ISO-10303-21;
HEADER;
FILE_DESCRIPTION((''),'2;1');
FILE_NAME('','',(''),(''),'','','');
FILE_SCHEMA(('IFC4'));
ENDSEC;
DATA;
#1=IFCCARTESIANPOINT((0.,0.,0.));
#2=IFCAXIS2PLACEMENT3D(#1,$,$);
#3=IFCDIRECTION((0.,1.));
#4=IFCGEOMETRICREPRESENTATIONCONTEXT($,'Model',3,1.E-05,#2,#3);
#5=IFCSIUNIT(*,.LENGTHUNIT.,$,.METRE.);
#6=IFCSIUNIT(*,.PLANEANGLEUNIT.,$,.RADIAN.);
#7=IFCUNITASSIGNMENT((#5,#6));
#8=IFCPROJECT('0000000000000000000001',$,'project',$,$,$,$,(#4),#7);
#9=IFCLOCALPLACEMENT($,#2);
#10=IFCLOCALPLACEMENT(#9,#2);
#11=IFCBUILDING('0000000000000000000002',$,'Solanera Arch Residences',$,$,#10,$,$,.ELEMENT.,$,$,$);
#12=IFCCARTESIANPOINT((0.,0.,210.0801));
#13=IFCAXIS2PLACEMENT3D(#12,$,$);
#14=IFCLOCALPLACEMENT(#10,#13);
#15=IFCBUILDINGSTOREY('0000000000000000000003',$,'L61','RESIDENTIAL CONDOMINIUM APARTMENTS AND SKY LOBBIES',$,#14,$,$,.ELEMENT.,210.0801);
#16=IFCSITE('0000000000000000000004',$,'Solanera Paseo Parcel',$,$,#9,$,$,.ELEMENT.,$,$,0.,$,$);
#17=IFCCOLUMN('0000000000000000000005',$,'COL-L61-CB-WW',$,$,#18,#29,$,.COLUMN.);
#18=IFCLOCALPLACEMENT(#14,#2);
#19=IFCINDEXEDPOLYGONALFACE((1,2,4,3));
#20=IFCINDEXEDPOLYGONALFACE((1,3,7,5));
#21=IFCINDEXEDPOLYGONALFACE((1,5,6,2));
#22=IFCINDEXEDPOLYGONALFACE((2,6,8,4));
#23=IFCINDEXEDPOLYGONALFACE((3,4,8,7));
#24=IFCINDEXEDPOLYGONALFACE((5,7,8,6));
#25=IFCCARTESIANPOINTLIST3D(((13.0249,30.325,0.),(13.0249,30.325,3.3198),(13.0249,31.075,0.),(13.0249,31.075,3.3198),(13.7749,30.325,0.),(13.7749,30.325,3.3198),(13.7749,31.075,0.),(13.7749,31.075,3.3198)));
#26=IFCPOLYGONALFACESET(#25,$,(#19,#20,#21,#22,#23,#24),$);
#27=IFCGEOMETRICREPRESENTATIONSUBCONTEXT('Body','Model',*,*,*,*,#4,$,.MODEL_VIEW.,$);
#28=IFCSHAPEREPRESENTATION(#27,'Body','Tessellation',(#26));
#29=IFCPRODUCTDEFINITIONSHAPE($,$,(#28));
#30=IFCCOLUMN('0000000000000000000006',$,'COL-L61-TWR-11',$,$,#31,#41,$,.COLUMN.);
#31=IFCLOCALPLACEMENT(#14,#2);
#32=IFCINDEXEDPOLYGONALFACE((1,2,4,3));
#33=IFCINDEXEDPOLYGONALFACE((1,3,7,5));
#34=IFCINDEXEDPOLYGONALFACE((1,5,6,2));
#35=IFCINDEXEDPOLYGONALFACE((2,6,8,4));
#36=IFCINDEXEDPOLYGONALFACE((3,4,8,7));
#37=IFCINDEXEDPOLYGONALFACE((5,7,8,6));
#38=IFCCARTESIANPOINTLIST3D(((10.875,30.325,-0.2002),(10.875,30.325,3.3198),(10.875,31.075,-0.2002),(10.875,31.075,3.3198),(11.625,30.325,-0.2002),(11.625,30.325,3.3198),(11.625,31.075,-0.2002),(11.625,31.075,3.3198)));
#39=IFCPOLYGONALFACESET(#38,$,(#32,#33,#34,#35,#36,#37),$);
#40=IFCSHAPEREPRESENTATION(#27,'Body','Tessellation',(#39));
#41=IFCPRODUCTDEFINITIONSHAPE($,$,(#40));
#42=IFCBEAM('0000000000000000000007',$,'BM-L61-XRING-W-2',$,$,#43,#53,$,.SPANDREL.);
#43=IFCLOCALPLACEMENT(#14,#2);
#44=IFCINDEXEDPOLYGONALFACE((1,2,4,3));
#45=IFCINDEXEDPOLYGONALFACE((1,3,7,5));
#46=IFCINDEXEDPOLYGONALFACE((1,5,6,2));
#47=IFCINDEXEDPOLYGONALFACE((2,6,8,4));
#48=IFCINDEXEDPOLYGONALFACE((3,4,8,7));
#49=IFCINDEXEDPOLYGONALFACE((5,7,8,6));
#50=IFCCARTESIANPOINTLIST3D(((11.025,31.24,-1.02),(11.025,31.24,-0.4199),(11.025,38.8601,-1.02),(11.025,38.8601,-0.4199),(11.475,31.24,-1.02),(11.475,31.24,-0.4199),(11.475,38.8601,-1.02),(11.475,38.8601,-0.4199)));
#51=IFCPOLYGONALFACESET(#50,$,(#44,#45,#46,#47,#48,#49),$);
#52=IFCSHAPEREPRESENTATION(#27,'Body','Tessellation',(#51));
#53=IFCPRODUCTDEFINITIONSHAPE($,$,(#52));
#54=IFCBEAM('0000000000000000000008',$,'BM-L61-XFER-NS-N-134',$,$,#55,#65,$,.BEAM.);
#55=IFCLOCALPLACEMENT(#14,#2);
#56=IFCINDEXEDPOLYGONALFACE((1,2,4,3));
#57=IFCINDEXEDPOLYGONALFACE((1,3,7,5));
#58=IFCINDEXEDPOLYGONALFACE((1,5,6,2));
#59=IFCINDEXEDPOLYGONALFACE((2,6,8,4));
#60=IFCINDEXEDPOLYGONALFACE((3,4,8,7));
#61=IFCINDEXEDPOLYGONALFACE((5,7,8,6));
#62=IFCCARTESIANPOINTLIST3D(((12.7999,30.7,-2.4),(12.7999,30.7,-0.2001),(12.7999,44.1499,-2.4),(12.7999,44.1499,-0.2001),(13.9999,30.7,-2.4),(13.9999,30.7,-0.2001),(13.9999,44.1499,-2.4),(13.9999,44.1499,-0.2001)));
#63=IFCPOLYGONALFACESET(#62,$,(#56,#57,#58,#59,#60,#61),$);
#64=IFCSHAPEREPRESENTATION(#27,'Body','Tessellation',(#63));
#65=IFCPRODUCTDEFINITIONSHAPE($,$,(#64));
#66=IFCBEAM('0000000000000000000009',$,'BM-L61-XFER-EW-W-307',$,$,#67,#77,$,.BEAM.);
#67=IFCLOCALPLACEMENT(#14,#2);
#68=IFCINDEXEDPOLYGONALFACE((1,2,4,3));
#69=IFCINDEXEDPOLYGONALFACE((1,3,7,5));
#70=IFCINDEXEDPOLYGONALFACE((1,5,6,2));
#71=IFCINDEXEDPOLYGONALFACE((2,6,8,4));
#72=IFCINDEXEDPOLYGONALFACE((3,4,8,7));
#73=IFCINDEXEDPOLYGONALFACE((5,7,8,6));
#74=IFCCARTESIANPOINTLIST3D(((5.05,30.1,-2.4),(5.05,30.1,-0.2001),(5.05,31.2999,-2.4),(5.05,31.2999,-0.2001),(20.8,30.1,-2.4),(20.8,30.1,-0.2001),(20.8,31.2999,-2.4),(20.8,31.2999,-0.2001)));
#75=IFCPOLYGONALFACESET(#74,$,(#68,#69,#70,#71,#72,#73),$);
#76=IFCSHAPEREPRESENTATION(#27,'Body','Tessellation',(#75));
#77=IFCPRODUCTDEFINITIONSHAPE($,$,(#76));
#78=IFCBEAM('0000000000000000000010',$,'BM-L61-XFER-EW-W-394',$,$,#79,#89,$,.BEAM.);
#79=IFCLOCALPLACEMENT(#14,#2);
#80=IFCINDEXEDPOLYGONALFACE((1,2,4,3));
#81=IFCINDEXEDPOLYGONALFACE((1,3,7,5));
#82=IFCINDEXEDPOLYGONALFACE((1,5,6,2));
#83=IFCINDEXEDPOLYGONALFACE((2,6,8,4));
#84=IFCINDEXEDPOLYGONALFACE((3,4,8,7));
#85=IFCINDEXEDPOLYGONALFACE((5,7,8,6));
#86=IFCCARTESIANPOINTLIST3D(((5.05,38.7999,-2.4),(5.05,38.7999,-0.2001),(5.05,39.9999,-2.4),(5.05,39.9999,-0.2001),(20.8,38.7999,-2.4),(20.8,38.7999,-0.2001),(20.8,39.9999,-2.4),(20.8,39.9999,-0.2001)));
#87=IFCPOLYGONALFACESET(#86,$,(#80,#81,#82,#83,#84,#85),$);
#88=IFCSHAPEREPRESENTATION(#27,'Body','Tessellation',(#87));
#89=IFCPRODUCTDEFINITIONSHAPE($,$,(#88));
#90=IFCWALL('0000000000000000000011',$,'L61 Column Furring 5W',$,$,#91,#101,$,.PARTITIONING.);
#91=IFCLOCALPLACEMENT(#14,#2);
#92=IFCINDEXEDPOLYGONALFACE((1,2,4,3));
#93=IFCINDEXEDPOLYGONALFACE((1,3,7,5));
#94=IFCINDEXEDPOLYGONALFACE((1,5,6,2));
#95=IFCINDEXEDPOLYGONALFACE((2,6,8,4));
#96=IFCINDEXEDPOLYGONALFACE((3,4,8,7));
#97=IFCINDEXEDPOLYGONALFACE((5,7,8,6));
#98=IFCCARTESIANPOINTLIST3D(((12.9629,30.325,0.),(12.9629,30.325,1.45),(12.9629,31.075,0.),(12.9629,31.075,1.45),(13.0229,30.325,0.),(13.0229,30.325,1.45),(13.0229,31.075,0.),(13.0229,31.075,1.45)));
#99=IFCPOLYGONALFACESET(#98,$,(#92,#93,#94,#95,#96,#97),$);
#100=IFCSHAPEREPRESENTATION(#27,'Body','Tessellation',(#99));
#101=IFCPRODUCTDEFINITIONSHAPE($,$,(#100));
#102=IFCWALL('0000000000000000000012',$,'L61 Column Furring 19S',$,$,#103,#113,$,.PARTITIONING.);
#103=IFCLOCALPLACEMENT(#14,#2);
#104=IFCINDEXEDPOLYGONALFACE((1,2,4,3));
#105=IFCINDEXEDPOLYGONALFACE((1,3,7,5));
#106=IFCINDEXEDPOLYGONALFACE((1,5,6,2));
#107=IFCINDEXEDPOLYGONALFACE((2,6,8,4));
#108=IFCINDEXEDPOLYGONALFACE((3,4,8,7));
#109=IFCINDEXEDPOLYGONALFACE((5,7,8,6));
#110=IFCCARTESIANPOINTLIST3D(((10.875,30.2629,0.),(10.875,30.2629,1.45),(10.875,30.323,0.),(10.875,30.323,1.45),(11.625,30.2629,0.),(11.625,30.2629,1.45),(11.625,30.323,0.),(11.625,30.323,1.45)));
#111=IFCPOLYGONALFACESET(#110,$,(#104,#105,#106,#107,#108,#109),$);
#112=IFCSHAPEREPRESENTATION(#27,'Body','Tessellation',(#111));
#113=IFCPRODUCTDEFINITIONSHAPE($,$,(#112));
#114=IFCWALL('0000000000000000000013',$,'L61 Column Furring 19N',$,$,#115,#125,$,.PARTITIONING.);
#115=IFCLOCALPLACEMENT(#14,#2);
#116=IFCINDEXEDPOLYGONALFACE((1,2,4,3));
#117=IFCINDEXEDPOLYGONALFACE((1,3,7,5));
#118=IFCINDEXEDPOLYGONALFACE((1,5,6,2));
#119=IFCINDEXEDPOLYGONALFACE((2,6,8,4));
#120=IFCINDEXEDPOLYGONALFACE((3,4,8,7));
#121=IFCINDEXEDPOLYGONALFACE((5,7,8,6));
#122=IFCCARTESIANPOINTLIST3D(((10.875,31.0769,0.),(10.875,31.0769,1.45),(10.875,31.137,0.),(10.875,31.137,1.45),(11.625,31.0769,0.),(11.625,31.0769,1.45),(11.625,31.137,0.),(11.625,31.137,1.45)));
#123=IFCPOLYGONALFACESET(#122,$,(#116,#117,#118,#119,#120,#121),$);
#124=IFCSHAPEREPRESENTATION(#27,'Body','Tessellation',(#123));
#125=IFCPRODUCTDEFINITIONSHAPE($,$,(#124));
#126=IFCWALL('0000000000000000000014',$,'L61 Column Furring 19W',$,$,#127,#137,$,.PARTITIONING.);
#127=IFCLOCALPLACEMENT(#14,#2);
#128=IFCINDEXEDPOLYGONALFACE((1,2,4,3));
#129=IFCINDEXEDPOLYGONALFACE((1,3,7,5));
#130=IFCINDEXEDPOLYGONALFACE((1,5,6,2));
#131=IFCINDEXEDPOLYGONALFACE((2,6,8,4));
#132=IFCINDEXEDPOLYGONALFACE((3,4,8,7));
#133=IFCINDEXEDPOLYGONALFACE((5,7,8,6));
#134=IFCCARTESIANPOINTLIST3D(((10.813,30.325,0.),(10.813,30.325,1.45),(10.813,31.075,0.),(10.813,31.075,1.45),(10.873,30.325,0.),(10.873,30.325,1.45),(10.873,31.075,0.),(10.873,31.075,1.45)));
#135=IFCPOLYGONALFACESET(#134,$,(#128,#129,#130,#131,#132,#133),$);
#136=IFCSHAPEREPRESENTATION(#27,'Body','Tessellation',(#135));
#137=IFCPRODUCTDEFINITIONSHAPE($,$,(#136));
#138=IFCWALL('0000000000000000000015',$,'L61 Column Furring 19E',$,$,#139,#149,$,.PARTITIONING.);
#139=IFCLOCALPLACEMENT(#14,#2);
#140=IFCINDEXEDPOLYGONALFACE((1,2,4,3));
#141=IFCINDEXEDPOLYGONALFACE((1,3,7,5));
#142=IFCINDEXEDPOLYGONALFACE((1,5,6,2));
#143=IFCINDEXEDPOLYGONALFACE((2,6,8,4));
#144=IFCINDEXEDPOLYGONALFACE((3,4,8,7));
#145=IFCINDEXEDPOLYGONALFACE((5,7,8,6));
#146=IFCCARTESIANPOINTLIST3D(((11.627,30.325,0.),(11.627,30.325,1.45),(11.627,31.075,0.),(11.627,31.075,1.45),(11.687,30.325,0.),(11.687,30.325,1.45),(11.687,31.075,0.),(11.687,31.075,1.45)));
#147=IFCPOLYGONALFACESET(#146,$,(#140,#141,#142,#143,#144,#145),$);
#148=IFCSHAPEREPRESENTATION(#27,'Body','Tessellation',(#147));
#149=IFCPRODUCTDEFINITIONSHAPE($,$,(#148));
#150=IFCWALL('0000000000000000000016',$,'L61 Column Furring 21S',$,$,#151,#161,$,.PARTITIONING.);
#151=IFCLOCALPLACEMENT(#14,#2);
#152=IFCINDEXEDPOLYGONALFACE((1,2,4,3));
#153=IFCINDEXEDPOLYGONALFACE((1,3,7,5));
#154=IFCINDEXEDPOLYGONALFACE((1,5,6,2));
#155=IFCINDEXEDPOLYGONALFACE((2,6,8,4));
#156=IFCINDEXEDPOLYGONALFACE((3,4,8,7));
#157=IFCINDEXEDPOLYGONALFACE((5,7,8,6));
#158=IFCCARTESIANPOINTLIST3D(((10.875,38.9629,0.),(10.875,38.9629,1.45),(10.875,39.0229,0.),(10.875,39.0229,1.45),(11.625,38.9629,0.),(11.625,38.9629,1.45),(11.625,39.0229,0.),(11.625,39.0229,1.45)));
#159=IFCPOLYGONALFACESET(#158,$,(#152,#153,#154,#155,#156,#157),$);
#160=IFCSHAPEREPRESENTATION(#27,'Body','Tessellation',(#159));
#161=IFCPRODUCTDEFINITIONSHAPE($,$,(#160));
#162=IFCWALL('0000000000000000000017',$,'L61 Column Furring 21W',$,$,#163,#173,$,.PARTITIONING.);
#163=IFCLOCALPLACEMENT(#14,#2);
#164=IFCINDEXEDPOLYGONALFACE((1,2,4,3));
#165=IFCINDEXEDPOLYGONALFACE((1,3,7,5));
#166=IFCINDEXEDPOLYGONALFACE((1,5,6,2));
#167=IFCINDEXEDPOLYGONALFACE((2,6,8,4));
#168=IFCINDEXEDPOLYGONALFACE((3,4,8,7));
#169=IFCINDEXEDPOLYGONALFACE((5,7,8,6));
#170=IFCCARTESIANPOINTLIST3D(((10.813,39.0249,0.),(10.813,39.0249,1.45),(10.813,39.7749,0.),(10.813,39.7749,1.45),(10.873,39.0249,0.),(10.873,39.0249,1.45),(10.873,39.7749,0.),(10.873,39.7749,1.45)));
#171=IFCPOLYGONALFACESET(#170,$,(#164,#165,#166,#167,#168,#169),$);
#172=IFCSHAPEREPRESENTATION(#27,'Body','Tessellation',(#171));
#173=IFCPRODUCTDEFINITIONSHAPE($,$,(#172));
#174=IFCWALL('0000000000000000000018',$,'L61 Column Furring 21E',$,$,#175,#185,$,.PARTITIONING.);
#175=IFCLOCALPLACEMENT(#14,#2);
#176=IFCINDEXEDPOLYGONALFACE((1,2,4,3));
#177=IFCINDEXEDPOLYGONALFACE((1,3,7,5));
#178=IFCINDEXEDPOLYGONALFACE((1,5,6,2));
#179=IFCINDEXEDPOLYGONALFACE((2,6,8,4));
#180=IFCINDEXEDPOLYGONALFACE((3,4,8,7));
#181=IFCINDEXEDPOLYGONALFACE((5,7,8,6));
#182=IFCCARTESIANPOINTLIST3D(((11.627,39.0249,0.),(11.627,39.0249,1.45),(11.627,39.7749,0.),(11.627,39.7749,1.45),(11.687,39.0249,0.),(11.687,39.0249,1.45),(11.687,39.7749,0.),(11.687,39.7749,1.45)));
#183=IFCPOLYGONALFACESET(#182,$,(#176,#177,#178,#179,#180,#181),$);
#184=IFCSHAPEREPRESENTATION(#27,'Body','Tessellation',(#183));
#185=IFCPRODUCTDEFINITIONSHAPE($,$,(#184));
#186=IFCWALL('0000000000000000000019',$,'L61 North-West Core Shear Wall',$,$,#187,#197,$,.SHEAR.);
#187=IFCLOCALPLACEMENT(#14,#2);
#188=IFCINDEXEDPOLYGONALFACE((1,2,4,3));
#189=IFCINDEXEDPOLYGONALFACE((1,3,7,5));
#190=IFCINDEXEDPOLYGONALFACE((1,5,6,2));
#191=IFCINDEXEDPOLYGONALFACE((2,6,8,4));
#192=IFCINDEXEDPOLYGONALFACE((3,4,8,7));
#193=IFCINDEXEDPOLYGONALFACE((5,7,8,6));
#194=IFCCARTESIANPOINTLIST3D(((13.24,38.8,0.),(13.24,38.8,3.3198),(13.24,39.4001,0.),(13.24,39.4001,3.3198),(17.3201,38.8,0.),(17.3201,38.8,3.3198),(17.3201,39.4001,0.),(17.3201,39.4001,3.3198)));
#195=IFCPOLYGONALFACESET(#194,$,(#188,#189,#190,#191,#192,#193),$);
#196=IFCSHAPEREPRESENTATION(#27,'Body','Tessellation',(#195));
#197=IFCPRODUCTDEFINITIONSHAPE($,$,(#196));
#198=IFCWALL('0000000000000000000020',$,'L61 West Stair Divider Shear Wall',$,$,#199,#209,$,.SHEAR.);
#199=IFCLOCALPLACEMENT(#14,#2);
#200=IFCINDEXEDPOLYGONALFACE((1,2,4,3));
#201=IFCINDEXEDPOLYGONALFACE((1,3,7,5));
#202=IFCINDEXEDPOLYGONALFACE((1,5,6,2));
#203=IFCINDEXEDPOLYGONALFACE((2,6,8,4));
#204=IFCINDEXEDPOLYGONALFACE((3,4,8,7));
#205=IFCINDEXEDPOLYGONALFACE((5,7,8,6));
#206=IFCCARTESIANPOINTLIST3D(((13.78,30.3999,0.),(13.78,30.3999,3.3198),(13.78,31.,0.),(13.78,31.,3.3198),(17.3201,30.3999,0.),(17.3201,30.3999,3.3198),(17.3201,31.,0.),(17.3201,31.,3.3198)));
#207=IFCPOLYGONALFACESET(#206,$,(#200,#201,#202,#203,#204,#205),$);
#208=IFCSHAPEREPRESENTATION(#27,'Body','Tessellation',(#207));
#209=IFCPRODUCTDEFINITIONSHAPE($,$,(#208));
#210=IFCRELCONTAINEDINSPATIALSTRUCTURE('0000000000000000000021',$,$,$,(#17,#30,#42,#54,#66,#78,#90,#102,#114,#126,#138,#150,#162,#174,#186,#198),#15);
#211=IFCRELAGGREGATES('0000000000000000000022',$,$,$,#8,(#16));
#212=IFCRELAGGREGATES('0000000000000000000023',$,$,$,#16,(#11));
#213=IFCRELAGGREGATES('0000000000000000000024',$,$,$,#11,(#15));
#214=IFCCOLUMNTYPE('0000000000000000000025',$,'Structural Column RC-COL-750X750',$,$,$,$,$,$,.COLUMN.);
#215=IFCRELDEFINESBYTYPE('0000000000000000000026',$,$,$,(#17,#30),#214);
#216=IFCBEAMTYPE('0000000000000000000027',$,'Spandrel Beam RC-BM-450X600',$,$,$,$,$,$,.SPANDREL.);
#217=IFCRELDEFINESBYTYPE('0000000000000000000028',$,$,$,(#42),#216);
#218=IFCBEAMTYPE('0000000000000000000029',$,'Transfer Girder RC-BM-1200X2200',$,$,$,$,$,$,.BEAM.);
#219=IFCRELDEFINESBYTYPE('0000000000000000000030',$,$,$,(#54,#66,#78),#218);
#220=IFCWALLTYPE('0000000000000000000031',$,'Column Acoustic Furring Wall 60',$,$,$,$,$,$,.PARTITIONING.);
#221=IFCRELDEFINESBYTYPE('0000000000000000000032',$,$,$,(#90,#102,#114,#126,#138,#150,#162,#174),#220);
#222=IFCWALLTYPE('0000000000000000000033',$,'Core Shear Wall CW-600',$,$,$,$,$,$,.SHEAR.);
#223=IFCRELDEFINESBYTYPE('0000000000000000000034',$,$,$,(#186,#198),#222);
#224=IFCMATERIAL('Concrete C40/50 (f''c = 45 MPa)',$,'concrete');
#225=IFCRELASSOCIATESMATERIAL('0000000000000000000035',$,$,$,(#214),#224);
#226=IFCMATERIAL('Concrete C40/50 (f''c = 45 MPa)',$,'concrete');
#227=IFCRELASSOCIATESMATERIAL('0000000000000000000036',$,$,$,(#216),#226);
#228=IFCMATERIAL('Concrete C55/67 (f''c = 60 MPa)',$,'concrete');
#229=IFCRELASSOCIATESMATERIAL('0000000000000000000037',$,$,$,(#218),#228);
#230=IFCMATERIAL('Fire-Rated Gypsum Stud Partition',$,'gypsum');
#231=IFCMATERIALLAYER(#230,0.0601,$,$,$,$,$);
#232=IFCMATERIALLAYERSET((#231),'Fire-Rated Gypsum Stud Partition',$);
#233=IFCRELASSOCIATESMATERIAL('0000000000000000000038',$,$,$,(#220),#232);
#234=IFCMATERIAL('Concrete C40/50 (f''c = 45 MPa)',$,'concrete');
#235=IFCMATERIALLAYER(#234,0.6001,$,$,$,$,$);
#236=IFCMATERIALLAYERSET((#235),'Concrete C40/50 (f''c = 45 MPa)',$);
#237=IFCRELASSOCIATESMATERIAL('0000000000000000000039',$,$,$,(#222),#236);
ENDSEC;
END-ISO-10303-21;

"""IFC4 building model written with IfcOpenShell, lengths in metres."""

from ifc_helpers import new_model, si_unit, direction, frame, frame_2d, origin, origin_2d, place, context, subcontext, project, spatial, rectangle, extrude, material, layer, layer_set, material_profile, profile_set, type_object, element, save


model = new_model("IFC4")

# Units and contexts
model_context = context("Model", 3, precision=1e-05, world=origin(), true_north=direction((0.0, 1.0)))
body_context = subcontext(model_context, "Body", "Model", "MODEL_VIEW")
ifc_project = project(units=[si_unit("LENGTHUNIT", "METRE"), si_unit("PLANEANGLEUNIT", "RADIAN")], contexts=[model_context])

# Site, building, storey
site_placement = place(None, origin())
site = spatial("IfcSite", under=ifc_project, at=site_placement, Name="Solanera Paseo Parcel", CompositionType="ELEMENT", RefElevation=0.0)
building_placement = place(site_placement, origin())
building = spatial("IfcBuilding", under=site, at=building_placement, Name="Solanera Arch Residences", CompositionType="ELEMENT")
storey_placement = place(building_placement, frame((0.0, 0.0, 210.0801)))
storey = spatial("IfcBuildingStorey", under=building, at=storey_placement, Name="L61", Description="RESIDENTIAL CONDOMINIUM APARTMENTS AND SKY LOBBIES", CompositionType="ELEMENT", Elevation=210.0801)

# Columns
ifc_material_1 = material(Name="Concrete C40/50 (f'c = 45 MPa)", Category="concrete")
ifc_material_profile_1 = material_profile(ifc_material_1, rectangle(XDim=0.75, YDim=0.75, at=origin_2d()))
ifc_profile_set_1 = profile_set([ifc_material_profile_1], Name="Concrete C40/50 (f'c = 45 MPa)")
column_type = type_object("IfcColumnType", Name="Structural Column RC-COL-750X750", PredefinedType="COLUMN", material=ifc_profile_set_1)
column_1_placement = place(storey_placement, frame((13.3999, 30.7, 0.0), z_axis=(0.0, 0.0, 1.0), x_axis=(1.0, 0.0, 0.0)))
element("IfcColumn", 1, at=column_1_placement, inside=storey, type_object=column_type, Name="COL-L61-CB-WW", PredefinedType="COLUMN", context=body_context, shape_type="SweptSolid", body=[
    extrude(rectangle(XDim=0.75, YDim=0.75, at=origin_2d()), origin(), (0.0, 0.0, 1.0), 3.3198),
])
column_2_placement = place(storey_placement, frame((11.25, 30.7, -0.2002), z_axis=(0.0, 0.0, 1.0), x_axis=(1.0, 0.0, 0.0)))
element("IfcColumn", 2, at=column_2_placement, inside=storey, type_object=column_type, Name="COL-L61-TWR-11", PredefinedType="COLUMN", context=body_context, shape_type="SweptSolid", body=[
    extrude(rectangle(XDim=0.75, YDim=0.75, at=origin_2d()), origin(), (0.0, 0.0, 1.0), 3.52),
])

# Beams
ifc_material_2 = material(Name="Concrete C40/50 (f'c = 45 MPa)", Category="concrete")
ifc_material_profile_2 = material_profile(ifc_material_2, rectangle(XDim=0.45, YDim=0.6001, at=origin_2d()))
ifc_profile_set_2 = profile_set([ifc_material_profile_2], Name="Concrete C40/50 (f'c = 45 MPa)")
beam_type_1 = type_object("IfcBeamType", Name="Spandrel Beam RC-BM-450X600", PredefinedType="SPANDREL", material=ifc_profile_set_2)
beam_1_placement = place(storey_placement, frame((11.25, 31.24, -0.72), z_axis=(0.0, 1.0, 0.0), x_axis=(-1.0, 0.0, 0.0)))
element("IfcBeam", 3, at=beam_1_placement, inside=storey, type_object=beam_type_1, Name="BM-L61-XRING-W-2", PredefinedType="SPANDREL", context=body_context, shape_type="SweptSolid", body=[
    extrude(rectangle(XDim=0.45, YDim=0.6001, at=origin_2d()), origin(), (0.0, 0.0, 1.0), 7.6201),
])
ifc_material_3 = material(Name="Concrete C55/67 (f'c = 60 MPa)", Category="concrete")
ifc_material_profile_3 = material_profile(ifc_material_3, rectangle(XDim=1.2, YDim=2.2, at=origin_2d()))
ifc_profile_set_3 = profile_set([ifc_material_profile_3], Name="Concrete C55/67 (f'c = 60 MPa)")
beam_type_2 = type_object("IfcBeamType", Name="Transfer Girder RC-BM-1200X2200", PredefinedType="BEAM", material=ifc_profile_set_3)
beam_2_placement = place(storey_placement, frame((13.3999, 30.7, -1.3), z_axis=(0.0, 1.0, 0.0), x_axis=(-1.0, 0.0, 0.0)))
element("IfcBeam", 4, at=beam_2_placement, inside=storey, type_object=beam_type_2, Name="BM-L61-XFER-NS-N-134", PredefinedType="BEAM", context=body_context, shape_type="SweptSolid", body=[
    extrude(rectangle(XDim=1.2, YDim=2.2, at=origin_2d()), origin(), (0.0, 0.0, 1.0), 13.45),
])
for number, where, z_axis, x_axis, name in (
    (5, (5.05, 30.7, -1.3), (1.0, 0.0, 0.0), (0.0, 1.0, 0.0), "BM-L61-XFER-EW-W-307"),
    (6, (5.05, 39.3999, -1.3), (1.0, 0.0, 0.0), (0.0, 1.0, 0.0), "BM-L61-XFER-EW-W-394"),
):
    element("IfcBeam", number, at=place(storey_placement, frame(where, z_axis=z_axis, x_axis=x_axis)), inside=storey, type_object=beam_type_2, Name=name, PredefinedType="BEAM", context=body_context, shape_type="SweptSolid", body=[
        extrude(rectangle(XDim=1.2, YDim=2.2, at=origin_2d()), origin(), (0.0, 0.0, 1.0), 15.75),
    ])

# Walls
ifc_material_4 = material(Name="Fire-Rated Gypsum Stud Partition", Category="gypsum")
ifc_layer_1 = layer(ifc_material_4, 0.0601)
ifc_layer_set_1 = layer_set([ifc_layer_1], Name="Fire-Rated Gypsum Stud Partition")
wall_type_1 = type_object("IfcWallType", Name="Column Acoustic Furring Wall 60", PredefinedType="PARTITIONING", material=ifc_layer_set_1)
for number, where, z_axis, x_axis, name in (
    (7, (12.9929, 30.325, 0.0), (0.0, 0.0, 1.0), (0.0, 1.0, 0.0), "L61 Column Furring 5W"),
    (8, (10.875, 30.293, 0.0), (0.0, 0.0, 1.0), (1.0, 0.0, 0.0), "L61 Column Furring 19S"),
    (9, (10.875, 31.1069, 0.0), (0.0, 0.0, 1.0), (1.0, 0.0, 0.0), "L61 Column Furring 19N"),
    (10, (10.843, 30.325, 0.0), (0.0, 0.0, 1.0), (0.0, 1.0, 0.0), "L61 Column Furring 19W"),
    (11, (11.657, 30.325, 0.0), (0.0, 0.0, 1.0), (0.0, 1.0, 0.0), "L61 Column Furring 19E"),
    (12, (10.875, 38.9929, 0.0), (0.0, 0.0, 1.0), (1.0, 0.0, 0.0), "L61 Column Furring 21S"),
    (13, (10.843, 39.0249, 0.0), (0.0, 0.0, 1.0), (0.0, 1.0, 0.0), "L61 Column Furring 21W"),
    (14, (11.657, 39.0249, 0.0), (0.0, 0.0, 1.0), (0.0, 1.0, 0.0), "L61 Column Furring 21E"),
):
    element("IfcWall", number, at=place(storey_placement, frame(where, z_axis=z_axis, x_axis=x_axis)), inside=storey, type_object=wall_type_1, Name=name, PredefinedType="PARTITIONING", context=body_context, shape_type="SweptSolid", body=[
        extrude(rectangle(XDim=0.75, YDim=0.0601, at=frame_2d((0.375, 0.0))), origin(), (0.0, 0.0, 1.0), 1.45),
    ])
ifc_material_5 = material(Name="Concrete C40/50 (f'c = 45 MPa)", Category="concrete")
ifc_layer_2 = layer(ifc_material_5, 0.6001)
ifc_layer_set_2 = layer_set([ifc_layer_2], Name="Concrete C40/50 (f'c = 45 MPa)")
wall_type_2 = type_object("IfcWallType", Name="Core Shear Wall CW-600", PredefinedType="SHEAR", material=ifc_layer_set_2)
wall_1_placement = place(storey_placement, frame((13.24, 39.1001, 0.0), z_axis=(0.0, 0.0, 1.0), x_axis=(1.0, 0.0, 0.0)))
element("IfcWall", 15, at=wall_1_placement, inside=storey, type_object=wall_type_2, Name="L61 North-West Core Shear Wall", PredefinedType="SHEAR", context=body_context, shape_type="SweptSolid", body=[
    extrude(rectangle(XDim=4.0801, YDim=0.6001, at=frame_2d((2.04, 0.0))), origin(), (0.0, 0.0, 1.0), 3.3198),
])
wall_2_placement = place(storey_placement, frame((13.78, 30.7, 0.0), z_axis=(0.0, 0.0, 1.0), x_axis=(1.0, 0.0, 0.0)))
element("IfcWall", 16, at=wall_2_placement, inside=storey, type_object=wall_type_2, Name="L61 West Stair Divider Shear Wall", PredefinedType="SHEAR", context=body_context, shape_type="SweptSolid", body=[
    extrude(rectangle(XDim=3.54, YDim=0.6001, at=frame_2d((1.77, 0.0))), origin(), (0.0, 0.0, 1.0), 3.3198),
])

save(model, "model.ifc")
